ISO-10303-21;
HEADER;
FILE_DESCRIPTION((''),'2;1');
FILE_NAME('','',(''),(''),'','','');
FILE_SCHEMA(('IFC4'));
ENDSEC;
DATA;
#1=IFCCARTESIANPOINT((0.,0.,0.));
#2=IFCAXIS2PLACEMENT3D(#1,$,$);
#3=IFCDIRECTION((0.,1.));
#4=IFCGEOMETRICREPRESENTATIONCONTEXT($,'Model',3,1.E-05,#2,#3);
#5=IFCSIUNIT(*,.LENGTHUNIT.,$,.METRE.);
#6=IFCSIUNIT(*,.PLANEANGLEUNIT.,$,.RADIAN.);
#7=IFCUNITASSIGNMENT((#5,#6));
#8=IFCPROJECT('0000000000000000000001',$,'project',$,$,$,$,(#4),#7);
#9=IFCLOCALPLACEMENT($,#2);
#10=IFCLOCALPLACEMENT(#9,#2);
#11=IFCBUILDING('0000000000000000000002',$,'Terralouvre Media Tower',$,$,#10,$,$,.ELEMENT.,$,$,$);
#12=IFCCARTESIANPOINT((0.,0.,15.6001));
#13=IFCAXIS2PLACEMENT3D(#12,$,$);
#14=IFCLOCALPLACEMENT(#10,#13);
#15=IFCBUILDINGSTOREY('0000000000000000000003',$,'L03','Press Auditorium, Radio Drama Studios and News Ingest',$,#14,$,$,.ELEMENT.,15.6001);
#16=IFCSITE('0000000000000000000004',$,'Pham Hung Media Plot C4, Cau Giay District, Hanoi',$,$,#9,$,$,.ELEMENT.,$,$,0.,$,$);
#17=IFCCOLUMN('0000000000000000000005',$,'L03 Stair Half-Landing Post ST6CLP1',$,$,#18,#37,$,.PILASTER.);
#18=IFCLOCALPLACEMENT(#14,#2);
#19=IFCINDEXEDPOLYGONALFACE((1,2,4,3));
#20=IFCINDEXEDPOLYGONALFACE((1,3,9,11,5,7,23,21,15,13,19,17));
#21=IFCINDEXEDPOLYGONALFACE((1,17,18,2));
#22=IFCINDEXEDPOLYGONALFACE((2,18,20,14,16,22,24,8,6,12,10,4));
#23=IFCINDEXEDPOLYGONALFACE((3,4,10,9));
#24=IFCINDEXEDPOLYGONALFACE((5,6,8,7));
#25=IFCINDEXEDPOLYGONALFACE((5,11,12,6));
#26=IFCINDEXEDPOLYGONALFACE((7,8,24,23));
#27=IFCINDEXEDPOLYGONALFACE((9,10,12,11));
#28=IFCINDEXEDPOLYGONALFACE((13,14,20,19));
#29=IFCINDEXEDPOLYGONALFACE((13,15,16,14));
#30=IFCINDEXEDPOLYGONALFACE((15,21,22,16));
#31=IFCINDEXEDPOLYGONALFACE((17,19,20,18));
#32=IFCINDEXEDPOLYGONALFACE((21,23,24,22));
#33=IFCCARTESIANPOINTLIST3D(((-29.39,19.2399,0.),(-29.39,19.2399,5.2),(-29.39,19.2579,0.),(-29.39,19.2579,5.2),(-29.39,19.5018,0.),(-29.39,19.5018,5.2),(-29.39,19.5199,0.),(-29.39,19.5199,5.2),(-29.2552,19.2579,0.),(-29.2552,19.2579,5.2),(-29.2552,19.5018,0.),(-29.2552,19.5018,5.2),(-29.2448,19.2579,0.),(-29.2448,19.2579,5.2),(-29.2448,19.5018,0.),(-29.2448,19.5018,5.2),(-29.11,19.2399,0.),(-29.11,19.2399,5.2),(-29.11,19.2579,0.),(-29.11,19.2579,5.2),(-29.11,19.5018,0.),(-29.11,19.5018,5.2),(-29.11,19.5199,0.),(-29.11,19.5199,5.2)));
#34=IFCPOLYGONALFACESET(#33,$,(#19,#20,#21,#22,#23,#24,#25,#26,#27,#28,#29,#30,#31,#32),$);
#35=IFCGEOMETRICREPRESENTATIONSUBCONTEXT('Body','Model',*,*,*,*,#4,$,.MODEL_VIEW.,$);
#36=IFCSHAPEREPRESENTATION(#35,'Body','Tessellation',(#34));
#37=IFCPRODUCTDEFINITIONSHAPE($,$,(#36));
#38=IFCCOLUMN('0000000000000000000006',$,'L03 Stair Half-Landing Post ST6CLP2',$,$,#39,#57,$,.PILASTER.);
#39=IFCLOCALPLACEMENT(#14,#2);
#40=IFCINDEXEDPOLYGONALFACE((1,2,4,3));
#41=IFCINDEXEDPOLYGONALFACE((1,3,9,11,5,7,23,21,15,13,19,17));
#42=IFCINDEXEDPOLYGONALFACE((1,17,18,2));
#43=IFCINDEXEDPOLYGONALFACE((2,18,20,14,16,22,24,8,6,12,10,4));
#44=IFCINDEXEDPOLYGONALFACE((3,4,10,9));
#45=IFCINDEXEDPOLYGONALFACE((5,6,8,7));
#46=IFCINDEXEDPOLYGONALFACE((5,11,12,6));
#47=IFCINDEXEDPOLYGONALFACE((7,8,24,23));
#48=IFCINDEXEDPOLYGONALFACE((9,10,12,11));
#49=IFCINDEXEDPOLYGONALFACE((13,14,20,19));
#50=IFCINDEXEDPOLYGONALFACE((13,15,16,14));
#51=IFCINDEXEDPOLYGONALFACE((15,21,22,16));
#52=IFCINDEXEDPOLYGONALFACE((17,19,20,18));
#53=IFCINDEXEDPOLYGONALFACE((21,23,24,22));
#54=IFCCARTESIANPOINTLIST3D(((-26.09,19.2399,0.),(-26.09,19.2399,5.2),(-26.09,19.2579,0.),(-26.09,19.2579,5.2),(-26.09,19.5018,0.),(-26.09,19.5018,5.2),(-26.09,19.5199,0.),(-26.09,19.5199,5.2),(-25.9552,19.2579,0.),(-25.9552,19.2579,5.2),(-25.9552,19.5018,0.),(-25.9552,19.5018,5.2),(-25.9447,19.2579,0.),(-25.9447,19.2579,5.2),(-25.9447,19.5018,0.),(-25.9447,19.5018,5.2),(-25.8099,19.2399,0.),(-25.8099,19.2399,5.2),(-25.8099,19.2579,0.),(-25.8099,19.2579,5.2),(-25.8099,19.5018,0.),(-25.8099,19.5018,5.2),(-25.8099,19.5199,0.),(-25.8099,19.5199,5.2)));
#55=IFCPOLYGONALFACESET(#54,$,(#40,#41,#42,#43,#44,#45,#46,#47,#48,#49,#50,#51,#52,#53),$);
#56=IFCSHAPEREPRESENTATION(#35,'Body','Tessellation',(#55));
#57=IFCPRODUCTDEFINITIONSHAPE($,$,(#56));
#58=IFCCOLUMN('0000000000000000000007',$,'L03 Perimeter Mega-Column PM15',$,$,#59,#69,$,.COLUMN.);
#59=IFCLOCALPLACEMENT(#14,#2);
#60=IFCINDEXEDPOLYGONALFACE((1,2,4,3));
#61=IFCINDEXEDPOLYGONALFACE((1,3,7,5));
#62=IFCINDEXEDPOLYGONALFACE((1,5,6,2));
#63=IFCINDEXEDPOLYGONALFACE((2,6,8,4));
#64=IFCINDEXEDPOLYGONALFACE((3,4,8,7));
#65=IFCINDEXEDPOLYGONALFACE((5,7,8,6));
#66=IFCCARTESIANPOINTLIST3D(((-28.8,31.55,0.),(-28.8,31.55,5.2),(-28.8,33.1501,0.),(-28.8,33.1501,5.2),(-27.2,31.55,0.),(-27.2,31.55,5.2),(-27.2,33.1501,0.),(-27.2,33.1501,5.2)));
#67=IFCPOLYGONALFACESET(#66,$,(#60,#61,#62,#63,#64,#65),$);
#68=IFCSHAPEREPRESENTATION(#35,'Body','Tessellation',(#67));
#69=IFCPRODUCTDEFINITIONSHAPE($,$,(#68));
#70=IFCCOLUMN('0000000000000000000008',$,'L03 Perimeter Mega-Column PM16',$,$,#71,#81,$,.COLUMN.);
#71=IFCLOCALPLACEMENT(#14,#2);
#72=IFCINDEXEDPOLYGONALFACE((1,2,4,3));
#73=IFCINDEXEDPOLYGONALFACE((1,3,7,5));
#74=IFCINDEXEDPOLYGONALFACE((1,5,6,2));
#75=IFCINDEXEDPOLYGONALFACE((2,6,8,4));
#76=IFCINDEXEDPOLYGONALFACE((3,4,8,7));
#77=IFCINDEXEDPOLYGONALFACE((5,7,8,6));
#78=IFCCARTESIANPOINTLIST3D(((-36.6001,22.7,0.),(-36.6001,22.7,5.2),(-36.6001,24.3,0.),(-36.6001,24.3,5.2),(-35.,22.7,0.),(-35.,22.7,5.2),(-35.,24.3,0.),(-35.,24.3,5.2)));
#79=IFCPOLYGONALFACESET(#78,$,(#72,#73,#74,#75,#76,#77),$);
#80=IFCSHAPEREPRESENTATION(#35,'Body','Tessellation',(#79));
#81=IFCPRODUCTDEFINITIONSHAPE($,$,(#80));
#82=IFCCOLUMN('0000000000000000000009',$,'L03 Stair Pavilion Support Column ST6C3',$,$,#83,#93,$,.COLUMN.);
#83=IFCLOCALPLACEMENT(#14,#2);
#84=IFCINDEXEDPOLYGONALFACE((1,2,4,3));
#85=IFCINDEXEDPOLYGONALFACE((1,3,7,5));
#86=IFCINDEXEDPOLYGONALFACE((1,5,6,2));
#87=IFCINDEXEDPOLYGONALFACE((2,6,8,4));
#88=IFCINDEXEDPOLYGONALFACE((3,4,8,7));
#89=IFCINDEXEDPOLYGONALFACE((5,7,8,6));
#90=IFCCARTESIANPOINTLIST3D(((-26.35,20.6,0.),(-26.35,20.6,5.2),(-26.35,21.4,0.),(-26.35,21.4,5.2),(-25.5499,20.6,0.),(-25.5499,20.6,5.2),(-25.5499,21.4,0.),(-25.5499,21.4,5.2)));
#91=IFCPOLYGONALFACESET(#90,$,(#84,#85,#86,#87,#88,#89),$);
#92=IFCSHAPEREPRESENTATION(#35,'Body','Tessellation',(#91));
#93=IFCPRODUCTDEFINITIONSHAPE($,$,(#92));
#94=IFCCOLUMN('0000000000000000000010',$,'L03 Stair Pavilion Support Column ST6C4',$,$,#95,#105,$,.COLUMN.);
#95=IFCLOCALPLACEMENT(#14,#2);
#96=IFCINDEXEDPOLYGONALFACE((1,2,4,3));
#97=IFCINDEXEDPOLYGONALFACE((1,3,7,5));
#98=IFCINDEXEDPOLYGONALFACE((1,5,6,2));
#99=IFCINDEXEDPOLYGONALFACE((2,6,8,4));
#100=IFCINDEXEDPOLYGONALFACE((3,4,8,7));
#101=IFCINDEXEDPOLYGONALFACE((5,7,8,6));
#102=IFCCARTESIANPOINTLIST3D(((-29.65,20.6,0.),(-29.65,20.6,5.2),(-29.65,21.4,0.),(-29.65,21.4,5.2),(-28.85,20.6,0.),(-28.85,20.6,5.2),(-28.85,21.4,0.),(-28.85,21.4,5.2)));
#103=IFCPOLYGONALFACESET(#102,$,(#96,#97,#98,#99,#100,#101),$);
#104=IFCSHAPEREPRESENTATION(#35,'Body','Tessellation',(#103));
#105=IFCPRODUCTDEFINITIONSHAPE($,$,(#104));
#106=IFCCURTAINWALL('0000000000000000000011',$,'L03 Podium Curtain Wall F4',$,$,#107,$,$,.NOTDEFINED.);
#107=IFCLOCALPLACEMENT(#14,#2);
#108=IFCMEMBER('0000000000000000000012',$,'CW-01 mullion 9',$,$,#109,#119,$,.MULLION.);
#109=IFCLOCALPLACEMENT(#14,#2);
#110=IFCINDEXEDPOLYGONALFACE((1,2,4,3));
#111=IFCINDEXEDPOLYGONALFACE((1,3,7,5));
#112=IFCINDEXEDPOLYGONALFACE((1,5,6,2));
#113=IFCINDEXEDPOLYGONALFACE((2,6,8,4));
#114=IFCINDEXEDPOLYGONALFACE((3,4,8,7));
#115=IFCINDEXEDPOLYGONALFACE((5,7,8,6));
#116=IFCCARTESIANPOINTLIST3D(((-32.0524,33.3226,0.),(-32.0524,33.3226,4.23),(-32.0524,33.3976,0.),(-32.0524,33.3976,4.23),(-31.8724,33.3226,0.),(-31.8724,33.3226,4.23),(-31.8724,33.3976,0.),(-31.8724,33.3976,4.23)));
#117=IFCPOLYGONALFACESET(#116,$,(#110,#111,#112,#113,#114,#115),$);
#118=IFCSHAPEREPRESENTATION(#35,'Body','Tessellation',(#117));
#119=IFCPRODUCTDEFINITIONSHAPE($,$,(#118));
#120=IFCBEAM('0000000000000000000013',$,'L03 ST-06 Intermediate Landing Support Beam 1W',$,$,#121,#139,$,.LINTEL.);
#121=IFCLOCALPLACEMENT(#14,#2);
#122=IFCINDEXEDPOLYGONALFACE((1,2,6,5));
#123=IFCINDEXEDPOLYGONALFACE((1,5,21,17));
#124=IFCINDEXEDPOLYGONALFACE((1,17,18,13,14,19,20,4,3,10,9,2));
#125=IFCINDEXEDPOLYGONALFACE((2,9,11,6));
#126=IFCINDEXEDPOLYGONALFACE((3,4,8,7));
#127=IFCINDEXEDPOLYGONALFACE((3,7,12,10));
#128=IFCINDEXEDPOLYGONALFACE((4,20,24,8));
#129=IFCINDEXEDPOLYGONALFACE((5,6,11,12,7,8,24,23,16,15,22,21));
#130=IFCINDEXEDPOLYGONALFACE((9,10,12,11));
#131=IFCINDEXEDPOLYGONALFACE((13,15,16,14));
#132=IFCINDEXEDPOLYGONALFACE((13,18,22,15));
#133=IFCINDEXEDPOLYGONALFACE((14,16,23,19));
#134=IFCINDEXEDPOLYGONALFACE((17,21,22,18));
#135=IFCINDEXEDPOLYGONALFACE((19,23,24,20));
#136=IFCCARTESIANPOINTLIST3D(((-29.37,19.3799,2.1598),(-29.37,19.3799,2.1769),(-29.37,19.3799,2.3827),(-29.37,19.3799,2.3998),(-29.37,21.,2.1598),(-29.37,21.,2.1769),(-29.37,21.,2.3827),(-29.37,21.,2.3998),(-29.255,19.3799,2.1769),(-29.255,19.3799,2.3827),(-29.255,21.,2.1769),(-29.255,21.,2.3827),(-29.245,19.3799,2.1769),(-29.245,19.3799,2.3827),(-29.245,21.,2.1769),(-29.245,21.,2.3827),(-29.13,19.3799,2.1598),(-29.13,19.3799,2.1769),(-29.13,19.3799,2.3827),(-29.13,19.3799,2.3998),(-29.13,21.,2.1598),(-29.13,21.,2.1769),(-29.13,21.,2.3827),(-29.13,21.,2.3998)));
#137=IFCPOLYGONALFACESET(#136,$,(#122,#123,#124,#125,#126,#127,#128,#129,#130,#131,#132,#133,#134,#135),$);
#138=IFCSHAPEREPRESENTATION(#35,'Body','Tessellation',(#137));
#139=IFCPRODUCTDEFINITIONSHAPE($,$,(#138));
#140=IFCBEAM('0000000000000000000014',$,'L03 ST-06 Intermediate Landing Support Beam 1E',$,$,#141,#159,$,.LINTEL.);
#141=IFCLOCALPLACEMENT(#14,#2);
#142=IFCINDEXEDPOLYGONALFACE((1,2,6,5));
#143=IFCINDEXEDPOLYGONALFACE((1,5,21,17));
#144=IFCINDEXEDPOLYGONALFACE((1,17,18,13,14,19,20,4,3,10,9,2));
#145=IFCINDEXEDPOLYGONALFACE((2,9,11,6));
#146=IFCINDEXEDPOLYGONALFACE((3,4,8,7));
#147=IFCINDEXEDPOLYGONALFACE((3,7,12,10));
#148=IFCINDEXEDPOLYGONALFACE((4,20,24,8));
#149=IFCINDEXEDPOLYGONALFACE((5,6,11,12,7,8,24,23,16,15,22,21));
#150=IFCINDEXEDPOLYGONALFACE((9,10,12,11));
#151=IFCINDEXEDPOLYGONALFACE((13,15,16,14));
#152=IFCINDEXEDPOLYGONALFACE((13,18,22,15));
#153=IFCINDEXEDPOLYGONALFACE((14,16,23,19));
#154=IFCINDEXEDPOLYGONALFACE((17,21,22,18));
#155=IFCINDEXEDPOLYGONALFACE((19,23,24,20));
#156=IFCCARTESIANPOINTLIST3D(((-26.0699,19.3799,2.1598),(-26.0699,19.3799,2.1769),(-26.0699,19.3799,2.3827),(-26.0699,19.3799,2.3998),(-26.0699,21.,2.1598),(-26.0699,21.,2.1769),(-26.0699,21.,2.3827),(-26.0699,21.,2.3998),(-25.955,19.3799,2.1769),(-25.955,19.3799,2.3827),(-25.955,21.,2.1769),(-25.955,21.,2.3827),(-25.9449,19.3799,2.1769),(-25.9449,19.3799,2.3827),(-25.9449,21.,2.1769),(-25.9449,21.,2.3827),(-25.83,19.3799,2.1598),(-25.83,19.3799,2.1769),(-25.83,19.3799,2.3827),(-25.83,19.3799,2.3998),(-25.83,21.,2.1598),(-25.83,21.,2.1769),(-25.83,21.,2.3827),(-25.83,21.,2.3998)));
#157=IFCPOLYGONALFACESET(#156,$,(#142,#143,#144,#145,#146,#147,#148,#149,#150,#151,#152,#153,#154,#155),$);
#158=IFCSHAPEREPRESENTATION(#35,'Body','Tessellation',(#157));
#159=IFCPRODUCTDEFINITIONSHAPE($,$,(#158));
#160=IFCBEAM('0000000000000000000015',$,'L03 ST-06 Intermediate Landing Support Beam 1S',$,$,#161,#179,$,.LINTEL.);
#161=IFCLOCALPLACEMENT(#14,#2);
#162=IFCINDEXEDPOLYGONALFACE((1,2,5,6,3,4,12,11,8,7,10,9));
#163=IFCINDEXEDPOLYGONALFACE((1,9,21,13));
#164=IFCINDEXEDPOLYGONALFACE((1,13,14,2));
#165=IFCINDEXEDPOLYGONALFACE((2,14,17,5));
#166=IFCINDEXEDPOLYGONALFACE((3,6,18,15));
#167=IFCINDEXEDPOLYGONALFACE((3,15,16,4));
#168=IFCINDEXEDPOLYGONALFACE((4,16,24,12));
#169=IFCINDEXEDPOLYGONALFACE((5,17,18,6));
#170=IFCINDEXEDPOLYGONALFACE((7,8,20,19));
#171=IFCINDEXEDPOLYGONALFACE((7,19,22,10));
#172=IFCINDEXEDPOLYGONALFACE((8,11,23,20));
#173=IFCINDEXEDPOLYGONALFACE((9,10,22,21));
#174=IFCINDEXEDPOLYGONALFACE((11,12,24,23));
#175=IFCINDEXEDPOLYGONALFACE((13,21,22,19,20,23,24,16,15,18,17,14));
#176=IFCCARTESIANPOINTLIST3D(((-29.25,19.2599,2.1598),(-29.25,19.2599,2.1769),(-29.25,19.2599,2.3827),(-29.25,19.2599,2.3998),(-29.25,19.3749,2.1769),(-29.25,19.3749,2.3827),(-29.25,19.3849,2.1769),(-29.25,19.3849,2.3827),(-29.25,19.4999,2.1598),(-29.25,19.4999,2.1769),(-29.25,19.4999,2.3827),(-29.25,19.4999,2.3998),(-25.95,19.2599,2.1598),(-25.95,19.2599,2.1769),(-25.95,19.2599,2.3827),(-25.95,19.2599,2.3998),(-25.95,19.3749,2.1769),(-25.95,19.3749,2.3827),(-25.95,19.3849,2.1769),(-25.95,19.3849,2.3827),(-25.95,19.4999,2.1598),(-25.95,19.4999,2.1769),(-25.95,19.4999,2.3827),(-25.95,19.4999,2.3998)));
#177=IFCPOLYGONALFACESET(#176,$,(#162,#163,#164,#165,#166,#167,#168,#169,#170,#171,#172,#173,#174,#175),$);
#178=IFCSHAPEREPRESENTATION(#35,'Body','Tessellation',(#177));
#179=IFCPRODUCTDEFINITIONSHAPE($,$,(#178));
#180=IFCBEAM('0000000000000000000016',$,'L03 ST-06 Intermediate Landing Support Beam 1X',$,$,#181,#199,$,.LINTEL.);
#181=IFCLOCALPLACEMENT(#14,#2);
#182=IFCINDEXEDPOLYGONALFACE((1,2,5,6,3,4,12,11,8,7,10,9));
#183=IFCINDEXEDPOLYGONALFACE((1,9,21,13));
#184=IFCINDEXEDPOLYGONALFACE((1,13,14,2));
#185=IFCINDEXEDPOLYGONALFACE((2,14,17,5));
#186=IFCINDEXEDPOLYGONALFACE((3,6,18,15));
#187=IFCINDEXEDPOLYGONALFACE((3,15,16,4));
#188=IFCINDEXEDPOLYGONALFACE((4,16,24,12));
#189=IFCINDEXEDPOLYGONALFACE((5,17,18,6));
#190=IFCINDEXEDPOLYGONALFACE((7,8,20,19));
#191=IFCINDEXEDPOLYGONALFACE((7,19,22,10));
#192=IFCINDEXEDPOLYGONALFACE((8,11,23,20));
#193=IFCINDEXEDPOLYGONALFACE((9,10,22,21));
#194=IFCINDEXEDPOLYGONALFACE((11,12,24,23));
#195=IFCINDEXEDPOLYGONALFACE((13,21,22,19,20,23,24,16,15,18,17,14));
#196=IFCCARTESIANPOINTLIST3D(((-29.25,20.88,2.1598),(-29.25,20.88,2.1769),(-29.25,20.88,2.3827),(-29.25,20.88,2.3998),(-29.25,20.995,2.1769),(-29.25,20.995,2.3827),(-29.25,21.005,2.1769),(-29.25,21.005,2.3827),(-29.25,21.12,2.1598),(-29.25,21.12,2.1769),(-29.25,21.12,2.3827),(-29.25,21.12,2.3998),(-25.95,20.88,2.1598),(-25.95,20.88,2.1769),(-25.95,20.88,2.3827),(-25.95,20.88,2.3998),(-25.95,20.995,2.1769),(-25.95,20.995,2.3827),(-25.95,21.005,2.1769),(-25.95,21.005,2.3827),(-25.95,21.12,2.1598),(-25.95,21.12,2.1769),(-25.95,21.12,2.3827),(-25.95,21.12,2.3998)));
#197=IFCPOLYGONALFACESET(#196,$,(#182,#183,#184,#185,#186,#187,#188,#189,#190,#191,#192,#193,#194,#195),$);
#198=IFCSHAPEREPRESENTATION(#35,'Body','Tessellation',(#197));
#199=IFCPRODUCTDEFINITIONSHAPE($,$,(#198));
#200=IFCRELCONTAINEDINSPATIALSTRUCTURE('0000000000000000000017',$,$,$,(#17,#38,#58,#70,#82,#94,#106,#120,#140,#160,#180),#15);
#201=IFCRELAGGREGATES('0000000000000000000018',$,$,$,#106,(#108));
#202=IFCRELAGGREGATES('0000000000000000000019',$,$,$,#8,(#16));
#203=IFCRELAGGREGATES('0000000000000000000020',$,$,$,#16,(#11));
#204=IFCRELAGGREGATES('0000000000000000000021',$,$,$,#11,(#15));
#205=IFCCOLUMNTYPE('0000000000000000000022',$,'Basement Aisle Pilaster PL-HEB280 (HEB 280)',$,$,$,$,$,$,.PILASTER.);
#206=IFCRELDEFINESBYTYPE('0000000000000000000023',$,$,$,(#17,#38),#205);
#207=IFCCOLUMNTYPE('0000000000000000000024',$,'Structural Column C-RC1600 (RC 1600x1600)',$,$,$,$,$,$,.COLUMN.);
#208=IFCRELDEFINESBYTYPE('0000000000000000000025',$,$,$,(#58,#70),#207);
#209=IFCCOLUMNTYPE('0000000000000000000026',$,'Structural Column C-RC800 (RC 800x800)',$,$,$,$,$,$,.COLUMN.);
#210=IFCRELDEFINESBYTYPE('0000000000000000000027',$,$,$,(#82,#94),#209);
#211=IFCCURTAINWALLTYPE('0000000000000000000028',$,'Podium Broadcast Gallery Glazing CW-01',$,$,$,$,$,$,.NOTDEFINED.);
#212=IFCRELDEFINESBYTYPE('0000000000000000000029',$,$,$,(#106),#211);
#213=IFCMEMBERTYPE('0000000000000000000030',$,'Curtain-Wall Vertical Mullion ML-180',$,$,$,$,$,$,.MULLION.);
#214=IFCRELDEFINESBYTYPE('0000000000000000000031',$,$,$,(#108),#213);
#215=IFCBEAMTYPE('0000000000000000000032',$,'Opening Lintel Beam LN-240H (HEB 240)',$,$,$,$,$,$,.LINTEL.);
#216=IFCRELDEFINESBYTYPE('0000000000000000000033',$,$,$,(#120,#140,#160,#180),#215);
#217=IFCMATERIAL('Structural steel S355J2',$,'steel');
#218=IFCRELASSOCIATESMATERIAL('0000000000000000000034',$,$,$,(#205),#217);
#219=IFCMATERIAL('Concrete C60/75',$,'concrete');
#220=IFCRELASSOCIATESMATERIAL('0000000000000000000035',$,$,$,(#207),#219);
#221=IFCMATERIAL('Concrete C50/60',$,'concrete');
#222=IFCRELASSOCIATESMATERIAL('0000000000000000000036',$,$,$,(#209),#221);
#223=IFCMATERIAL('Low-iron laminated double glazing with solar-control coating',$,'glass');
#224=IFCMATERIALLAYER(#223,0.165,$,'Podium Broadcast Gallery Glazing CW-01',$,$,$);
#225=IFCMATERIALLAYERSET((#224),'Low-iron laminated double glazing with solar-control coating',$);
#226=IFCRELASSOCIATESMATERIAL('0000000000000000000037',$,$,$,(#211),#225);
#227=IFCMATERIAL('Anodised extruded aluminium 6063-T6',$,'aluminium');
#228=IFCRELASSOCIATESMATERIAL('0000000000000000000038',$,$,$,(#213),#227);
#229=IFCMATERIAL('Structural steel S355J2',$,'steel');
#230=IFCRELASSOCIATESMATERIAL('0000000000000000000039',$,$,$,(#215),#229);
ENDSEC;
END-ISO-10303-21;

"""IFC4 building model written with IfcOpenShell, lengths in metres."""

from ifc_helpers import new_model, si_unit, direction, frame, origin, origin_2d, place, context, subcontext, project, spatial, rectangle, i_section, extrude, material, layer, layer_set, material_profile, profile_set, type_object, element, aggregate, save


model = new_model("IFC4")

# Units and contexts
model_context = context("Model", 3, precision=1e-05, world=origin(), true_north=direction((0.0, 1.0)))
body_context = subcontext(model_context, "Body", "Model", "MODEL_VIEW")
ifc_project = project(units=[si_unit("LENGTHUNIT", "METRE"), si_unit("PLANEANGLEUNIT", "RADIAN")], contexts=[model_context])

# Site, building, storey
site_placement = place(None, origin())
site = spatial("IfcSite", under=ifc_project, at=site_placement, Name="Pham Hung Media Plot C4, Cau Giay District, Hanoi", CompositionType="ELEMENT", RefElevation=0.0)
building_placement = place(site_placement, origin())
building = spatial("IfcBuilding", under=site, at=building_placement, Name="Terralouvre Media Tower", CompositionType="ELEMENT")
storey_placement = place(building_placement, frame((0.0, 0.0, 15.6001)))
storey = spatial("IfcBuildingStorey", under=building, at=storey_placement, Name="L03", Description="Press Auditorium, Radio Drama Studios and News Ingest", CompositionType="ELEMENT", Elevation=15.6001)

# Columns
ifc_material_1 = material(Name="Structural steel S355J2", Category="steel")
ifc_material_profile_1 = material_profile(ifc_material_1, i_section(OverallWidth=0.28, OverallDepth=0.28, WebThickness=0.0105, FlangeThickness=0.0181, at=origin_2d()), Name="HEB 280")
ifc_profile_set_1 = profile_set([ifc_material_profile_1], Name="Structural steel S355J2")
column_type_1 = type_object("IfcColumnType", Name="Basement Aisle Pilaster PL-HEB280 (HEB 280)", PredefinedType="PILASTER", material=ifc_profile_set_1)
for number, where, z_axis, x_axis, name in (
    (1, (-29.25, 19.3799, 0.0), (0.0, 0.0, 1.0), (1.0, 0.0, 0.0), "L03 Stair Half-Landing Post ST6CLP1"),
    (2, (-25.95, 19.3799, 0.0), (0.0, 0.0, 1.0), (1.0, 0.0, 0.0), "L03 Stair Half-Landing Post ST6CLP2"),
):
    element("IfcColumn", number, at=place(storey_placement, frame(where, z_axis=z_axis, x_axis=x_axis)), inside=storey, type_object=column_type_1, Name=name, PredefinedType="PILASTER", context=body_context, shape_type="SweptSolid", body=[
        extrude(i_section(OverallWidth=0.28, OverallDepth=0.28, WebThickness=0.0105, FlangeThickness=0.0181, at=origin_2d()), origin(), (0.0, 0.0, 1.0), 5.2),
    ])
ifc_material_2 = material(Name="Concrete C60/75", Category="concrete")
ifc_material_profile_2 = material_profile(ifc_material_2, rectangle(XDim=1.6001, YDim=1.6001, at=origin_2d()), Name="RC 1600x1600")
ifc_profile_set_2 = profile_set([ifc_material_profile_2], Name="Concrete C60/75")
column_type_2 = type_object("IfcColumnType", Name="Structural Column C-RC1600 (RC 1600x1600)", PredefinedType="COLUMN", material=ifc_profile_set_2)
for number, where, z_axis, x_axis, name in (
    (3, (-28.0, 32.3501, 0.0), (0.0, 0.0, 1.0), (1.0, 0.0, 0.0), "L03 Perimeter Mega-Column PM15"),
    (4, (-35.8, 23.5, 0.0), (0.0, 0.0, 1.0), (1.0, 0.0, 0.0), "L03 Perimeter Mega-Column PM16"),
):
    element("IfcColumn", number, at=place(storey_placement, frame(where, z_axis=z_axis, x_axis=x_axis)), inside=storey, type_object=column_type_2, Name=name, PredefinedType="COLUMN", context=body_context, shape_type="SweptSolid", body=[
        extrude(rectangle(XDim=1.6001, YDim=1.6001, at=origin_2d()), origin(), (0.0, 0.0, 1.0), 5.2),
    ])
ifc_material_3 = material(Name="Concrete C50/60", Category="concrete")
ifc_material_profile_3 = material_profile(ifc_material_3, rectangle(XDim=0.8, YDim=0.8, at=origin_2d()), Name="RC 800x800")
ifc_profile_set_3 = profile_set([ifc_material_profile_3], Name="Concrete C50/60")
column_type_3 = type_object("IfcColumnType", Name="Structural Column C-RC800 (RC 800x800)", PredefinedType="COLUMN", material=ifc_profile_set_3)
for number, where, z_axis, x_axis, name in (
    (5, (-25.95, 21.0, 0.0), (0.0, 0.0, 1.0), (1.0, 0.0, 0.0), "L03 Stair Pavilion Support Column ST6C3"),
    (6, (-29.25, 21.0, 0.0), (0.0, 0.0, 1.0), (1.0, 0.0, 0.0), "L03 Stair Pavilion Support Column ST6C4"),
):
    element("IfcColumn", number, at=place(storey_placement, frame(where, z_axis=z_axis, x_axis=x_axis)), inside=storey, type_object=column_type_3, Name=name, PredefinedType="COLUMN", context=body_context, shape_type="SweptSolid", body=[
        extrude(rectangle(XDim=0.8, YDim=0.8, at=origin_2d()), origin(), (0.0, 0.0, 1.0), 5.2),
    ])

# Curtain wall, member
ifc_material_4 = material(Name="Low-iron laminated double glazing with solar-control coating", Category="glass")
ifc_layer_1 = layer(ifc_material_4, 0.165, Name="Podium Broadcast Gallery Glazing CW-01")
ifc_layer_set_1 = layer_set([ifc_layer_1], Name="Low-iron laminated double glazing with solar-control coating")
curtain_wall_type = type_object("IfcCurtainWallType", Name="Podium Broadcast Gallery Glazing CW-01", PredefinedType="NOTDEFINED", material=ifc_layer_set_1)
curtain_wall_placement = place(storey_placement, origin())
curtain_wall = element("IfcCurtainWall", 7, at=curtain_wall_placement, inside=storey, type_object=curtain_wall_type, Name="L03 Podium Curtain Wall F4", PredefinedType="NOTDEFINED")
ifc_material_5 = material(Name="Anodised extruded aluminium 6063-T6", Category="aluminium")
ifc_material_profile_4 = material_profile(ifc_material_5, rectangle(XDim=0.075, YDim=0.1799, at=origin_2d()), Name="ALU 75x180")
ifc_profile_set_4 = profile_set([ifc_material_profile_4], Name="Anodised extruded aluminium 6063-T6")
member_type = type_object("IfcMemberType", Name="Curtain-Wall Vertical Mullion ML-180", PredefinedType="MULLION", material=ifc_profile_set_4)
member_placement = place(storey_placement, frame((-31.9624, 33.3601, 0.0), z_axis=(0.0, 0.0, 1.0), x_axis=(0.0, -1.0, 0.0)))
member = element("IfcMember", 8, at=member_placement, type_object=member_type, Name="CW-01 mullion 9", PredefinedType="MULLION", context=body_context, shape_type="SweptSolid", body=[
    extrude(rectangle(XDim=0.075, YDim=0.1799, at=origin_2d()), origin(), (0.0, 0.0, 1.0), 4.23),
])

# Beams
ifc_material_6 = material(Name="Structural steel S355J2", Category="steel")
ifc_material_profile_5 = material_profile(ifc_material_6, i_section(OverallWidth=0.24, OverallDepth=0.24, WebThickness=0.01, FlangeThickness=0.0171, at=origin_2d()), Name="HEB 240")
ifc_profile_set_5 = profile_set([ifc_material_profile_5], Name="Structural steel S355J2")
beam_type_1 = type_object("IfcBeamType", Name="Opening Lintel Beam LN-240H (HEB 240)", PredefinedType="LINTEL", material=ifc_profile_set_5)
for number, where, z_axis, x_axis, name in (
    (9, (-29.25, 19.3799, 2.2798), (0.0, 1.0, 0.0), (-1.0, 0.0, 0.0), "L03 ST-06 Intermediate Landing Support Beam 1W"),
    (10, (-25.95, 19.3799, 2.2798), (0.0, 1.0, 0.0), (-1.0, 0.0, 0.0), "L03 ST-06 Intermediate Landing Support Beam 1E"),
):
    element("IfcBeam", number, at=place(storey_placement, frame(where, z_axis=z_axis, x_axis=x_axis)), inside=storey, type_object=beam_type_1, Name=name, PredefinedType="LINTEL", context=body_context, shape_type="SweptSolid", body=[
        extrude(i_section(OverallWidth=0.24, OverallDepth=0.24, WebThickness=0.01, FlangeThickness=0.0171, at=origin_2d()), origin(), (0.0, 0.0, 1.0), 1.6201),
    ])
for number, where, z_axis, x_axis, name in (
    (11, (-29.25, 19.3799, 2.2798), (1.0, 0.0, 0.0), (0.0, 1.0, 0.0), "L03 ST-06 Intermediate Landing Support Beam 1S"),
    (12, (-29.25, 21.0, 2.2798), (1.0, 0.0, 0.0), (0.0, 1.0, 0.0), "L03 ST-06 Intermediate Landing Support Beam 1X"),
):
    element("IfcBeam", number, at=place(storey_placement, frame(where, z_axis=z_axis, x_axis=x_axis)), inside=storey, type_object=beam_type_1, Name=name, PredefinedType="LINTEL", context=body_context, shape_type="SweptSolid", body=[
        extrude(i_section(OverallWidth=0.24, OverallDepth=0.24, WebThickness=0.01, FlangeThickness=0.0171, at=origin_2d()), origin(), (0.0, 0.0, 1.0), 3.3),
    ])

aggregate(curtain_wall, [member])

save(model, "model.ifc")
